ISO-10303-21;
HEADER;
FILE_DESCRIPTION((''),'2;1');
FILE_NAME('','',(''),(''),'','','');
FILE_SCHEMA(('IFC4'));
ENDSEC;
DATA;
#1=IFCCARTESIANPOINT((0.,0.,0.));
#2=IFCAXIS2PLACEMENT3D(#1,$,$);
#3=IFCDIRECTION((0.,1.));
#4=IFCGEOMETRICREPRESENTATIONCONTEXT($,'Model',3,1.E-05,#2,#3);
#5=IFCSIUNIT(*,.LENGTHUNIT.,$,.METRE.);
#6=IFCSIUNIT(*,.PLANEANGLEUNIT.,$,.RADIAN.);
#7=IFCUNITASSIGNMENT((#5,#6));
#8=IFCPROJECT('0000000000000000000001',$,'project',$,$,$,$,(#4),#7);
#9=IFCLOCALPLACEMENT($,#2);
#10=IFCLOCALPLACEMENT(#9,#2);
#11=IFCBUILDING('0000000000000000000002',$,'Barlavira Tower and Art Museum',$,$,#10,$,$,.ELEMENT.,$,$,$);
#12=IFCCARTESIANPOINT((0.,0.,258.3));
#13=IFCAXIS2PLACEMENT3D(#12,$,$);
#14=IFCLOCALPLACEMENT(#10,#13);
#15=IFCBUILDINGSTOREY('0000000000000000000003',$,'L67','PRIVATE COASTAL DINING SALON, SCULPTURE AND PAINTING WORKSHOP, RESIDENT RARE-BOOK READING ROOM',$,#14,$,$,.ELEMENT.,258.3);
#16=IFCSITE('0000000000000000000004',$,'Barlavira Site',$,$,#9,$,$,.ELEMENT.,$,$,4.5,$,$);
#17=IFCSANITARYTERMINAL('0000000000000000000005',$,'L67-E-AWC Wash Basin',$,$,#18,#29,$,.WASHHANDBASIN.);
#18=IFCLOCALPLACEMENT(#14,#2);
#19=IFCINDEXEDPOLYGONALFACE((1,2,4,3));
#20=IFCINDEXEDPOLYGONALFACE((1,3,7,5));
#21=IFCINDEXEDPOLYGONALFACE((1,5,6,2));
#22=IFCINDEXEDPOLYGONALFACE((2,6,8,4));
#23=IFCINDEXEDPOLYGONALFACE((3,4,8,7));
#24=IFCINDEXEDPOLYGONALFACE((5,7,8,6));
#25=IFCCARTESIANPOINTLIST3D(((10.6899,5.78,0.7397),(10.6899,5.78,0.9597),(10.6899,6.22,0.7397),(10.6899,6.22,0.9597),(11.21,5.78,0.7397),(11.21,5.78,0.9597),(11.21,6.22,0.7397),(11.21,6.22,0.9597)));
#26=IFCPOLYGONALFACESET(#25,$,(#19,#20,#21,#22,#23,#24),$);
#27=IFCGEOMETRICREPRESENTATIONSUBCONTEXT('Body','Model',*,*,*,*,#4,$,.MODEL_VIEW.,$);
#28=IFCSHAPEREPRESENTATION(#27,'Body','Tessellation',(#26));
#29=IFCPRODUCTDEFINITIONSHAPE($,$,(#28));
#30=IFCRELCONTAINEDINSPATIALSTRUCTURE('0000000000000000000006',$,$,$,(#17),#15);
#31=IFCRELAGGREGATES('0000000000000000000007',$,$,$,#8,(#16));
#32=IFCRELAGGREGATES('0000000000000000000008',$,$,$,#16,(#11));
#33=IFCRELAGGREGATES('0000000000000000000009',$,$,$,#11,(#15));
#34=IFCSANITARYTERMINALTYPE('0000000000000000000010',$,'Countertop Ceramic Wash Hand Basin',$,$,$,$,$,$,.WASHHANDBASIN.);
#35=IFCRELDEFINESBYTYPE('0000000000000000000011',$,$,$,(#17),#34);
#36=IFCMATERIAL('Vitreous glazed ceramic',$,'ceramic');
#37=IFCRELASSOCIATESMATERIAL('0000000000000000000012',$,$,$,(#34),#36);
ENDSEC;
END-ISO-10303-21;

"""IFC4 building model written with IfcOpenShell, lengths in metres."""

from ifc_helpers import new_model, si_unit, direction, frame, origin, origin_2d, place, context, subcontext, project, spatial, rectangle, extrude, material, type_object, element, save


model = new_model("IFC4")

# Units and contexts
model_context = context("Model", 3, precision=1e-05, world=origin(), true_north=direction((0.0, 1.0)))
body_context = subcontext(model_context, "Body", "Model", "MODEL_VIEW")
ifc_project = project(units=[si_unit("LENGTHUNIT", "METRE"), si_unit("PLANEANGLEUNIT", "RADIAN")], contexts=[model_context])

# Site, building, storey
site_placement = place(None, origin())
site = spatial("IfcSite", under=ifc_project, at=site_placement, Name="Barlavira Site", CompositionType="ELEMENT", RefElevation=4.5)
building_placement = place(site_placement, origin())
building = spatial("IfcBuilding", under=site, at=building_placement, Name="Barlavira Tower and Art Museum", CompositionType="ELEMENT")
storey_placement = place(building_placement, frame((0.0, 0.0, 258.3)))
storey = spatial("IfcBuildingStorey", under=building, at=storey_placement, Name="L67", Description="PRIVATE COASTAL DINING SALON, SCULPTURE AND PAINTING WORKSHOP, RESIDENT RARE-BOOK READING ROOM", CompositionType="ELEMENT", Elevation=258.3)

# Sanitary terminal
ifc_material_1 = material(Name="Vitreous glazed ceramic", Category="ceramic")
sanitary_terminal_type = type_object("IfcSanitaryTerminalType", Name="Countertop Ceramic Wash Hand Basin", PredefinedType="WASHHANDBASIN", material=ifc_material_1)
sanitary_terminal_placement = place(storey_placement, frame((10.95, 6.0, 0.7397), z_axis=(0.0, 0.0, 1.0), x_axis=(1.0, 0.0, 0.0)))
element("IfcSanitaryTerminal", 1, at=sanitary_terminal_placement, inside=storey, type_object=sanitary_terminal_type, Name="L67-E-AWC Wash Basin", PredefinedType="WASHHANDBASIN", context=body_context, shape_type="SweptSolid", body=[
    extrude(rectangle(XDim=0.52, YDim=0.4399, at=origin_2d()), origin(), (0.0, 0.0, 1.0), 0.22),
])

save(model, "model.ifc")
